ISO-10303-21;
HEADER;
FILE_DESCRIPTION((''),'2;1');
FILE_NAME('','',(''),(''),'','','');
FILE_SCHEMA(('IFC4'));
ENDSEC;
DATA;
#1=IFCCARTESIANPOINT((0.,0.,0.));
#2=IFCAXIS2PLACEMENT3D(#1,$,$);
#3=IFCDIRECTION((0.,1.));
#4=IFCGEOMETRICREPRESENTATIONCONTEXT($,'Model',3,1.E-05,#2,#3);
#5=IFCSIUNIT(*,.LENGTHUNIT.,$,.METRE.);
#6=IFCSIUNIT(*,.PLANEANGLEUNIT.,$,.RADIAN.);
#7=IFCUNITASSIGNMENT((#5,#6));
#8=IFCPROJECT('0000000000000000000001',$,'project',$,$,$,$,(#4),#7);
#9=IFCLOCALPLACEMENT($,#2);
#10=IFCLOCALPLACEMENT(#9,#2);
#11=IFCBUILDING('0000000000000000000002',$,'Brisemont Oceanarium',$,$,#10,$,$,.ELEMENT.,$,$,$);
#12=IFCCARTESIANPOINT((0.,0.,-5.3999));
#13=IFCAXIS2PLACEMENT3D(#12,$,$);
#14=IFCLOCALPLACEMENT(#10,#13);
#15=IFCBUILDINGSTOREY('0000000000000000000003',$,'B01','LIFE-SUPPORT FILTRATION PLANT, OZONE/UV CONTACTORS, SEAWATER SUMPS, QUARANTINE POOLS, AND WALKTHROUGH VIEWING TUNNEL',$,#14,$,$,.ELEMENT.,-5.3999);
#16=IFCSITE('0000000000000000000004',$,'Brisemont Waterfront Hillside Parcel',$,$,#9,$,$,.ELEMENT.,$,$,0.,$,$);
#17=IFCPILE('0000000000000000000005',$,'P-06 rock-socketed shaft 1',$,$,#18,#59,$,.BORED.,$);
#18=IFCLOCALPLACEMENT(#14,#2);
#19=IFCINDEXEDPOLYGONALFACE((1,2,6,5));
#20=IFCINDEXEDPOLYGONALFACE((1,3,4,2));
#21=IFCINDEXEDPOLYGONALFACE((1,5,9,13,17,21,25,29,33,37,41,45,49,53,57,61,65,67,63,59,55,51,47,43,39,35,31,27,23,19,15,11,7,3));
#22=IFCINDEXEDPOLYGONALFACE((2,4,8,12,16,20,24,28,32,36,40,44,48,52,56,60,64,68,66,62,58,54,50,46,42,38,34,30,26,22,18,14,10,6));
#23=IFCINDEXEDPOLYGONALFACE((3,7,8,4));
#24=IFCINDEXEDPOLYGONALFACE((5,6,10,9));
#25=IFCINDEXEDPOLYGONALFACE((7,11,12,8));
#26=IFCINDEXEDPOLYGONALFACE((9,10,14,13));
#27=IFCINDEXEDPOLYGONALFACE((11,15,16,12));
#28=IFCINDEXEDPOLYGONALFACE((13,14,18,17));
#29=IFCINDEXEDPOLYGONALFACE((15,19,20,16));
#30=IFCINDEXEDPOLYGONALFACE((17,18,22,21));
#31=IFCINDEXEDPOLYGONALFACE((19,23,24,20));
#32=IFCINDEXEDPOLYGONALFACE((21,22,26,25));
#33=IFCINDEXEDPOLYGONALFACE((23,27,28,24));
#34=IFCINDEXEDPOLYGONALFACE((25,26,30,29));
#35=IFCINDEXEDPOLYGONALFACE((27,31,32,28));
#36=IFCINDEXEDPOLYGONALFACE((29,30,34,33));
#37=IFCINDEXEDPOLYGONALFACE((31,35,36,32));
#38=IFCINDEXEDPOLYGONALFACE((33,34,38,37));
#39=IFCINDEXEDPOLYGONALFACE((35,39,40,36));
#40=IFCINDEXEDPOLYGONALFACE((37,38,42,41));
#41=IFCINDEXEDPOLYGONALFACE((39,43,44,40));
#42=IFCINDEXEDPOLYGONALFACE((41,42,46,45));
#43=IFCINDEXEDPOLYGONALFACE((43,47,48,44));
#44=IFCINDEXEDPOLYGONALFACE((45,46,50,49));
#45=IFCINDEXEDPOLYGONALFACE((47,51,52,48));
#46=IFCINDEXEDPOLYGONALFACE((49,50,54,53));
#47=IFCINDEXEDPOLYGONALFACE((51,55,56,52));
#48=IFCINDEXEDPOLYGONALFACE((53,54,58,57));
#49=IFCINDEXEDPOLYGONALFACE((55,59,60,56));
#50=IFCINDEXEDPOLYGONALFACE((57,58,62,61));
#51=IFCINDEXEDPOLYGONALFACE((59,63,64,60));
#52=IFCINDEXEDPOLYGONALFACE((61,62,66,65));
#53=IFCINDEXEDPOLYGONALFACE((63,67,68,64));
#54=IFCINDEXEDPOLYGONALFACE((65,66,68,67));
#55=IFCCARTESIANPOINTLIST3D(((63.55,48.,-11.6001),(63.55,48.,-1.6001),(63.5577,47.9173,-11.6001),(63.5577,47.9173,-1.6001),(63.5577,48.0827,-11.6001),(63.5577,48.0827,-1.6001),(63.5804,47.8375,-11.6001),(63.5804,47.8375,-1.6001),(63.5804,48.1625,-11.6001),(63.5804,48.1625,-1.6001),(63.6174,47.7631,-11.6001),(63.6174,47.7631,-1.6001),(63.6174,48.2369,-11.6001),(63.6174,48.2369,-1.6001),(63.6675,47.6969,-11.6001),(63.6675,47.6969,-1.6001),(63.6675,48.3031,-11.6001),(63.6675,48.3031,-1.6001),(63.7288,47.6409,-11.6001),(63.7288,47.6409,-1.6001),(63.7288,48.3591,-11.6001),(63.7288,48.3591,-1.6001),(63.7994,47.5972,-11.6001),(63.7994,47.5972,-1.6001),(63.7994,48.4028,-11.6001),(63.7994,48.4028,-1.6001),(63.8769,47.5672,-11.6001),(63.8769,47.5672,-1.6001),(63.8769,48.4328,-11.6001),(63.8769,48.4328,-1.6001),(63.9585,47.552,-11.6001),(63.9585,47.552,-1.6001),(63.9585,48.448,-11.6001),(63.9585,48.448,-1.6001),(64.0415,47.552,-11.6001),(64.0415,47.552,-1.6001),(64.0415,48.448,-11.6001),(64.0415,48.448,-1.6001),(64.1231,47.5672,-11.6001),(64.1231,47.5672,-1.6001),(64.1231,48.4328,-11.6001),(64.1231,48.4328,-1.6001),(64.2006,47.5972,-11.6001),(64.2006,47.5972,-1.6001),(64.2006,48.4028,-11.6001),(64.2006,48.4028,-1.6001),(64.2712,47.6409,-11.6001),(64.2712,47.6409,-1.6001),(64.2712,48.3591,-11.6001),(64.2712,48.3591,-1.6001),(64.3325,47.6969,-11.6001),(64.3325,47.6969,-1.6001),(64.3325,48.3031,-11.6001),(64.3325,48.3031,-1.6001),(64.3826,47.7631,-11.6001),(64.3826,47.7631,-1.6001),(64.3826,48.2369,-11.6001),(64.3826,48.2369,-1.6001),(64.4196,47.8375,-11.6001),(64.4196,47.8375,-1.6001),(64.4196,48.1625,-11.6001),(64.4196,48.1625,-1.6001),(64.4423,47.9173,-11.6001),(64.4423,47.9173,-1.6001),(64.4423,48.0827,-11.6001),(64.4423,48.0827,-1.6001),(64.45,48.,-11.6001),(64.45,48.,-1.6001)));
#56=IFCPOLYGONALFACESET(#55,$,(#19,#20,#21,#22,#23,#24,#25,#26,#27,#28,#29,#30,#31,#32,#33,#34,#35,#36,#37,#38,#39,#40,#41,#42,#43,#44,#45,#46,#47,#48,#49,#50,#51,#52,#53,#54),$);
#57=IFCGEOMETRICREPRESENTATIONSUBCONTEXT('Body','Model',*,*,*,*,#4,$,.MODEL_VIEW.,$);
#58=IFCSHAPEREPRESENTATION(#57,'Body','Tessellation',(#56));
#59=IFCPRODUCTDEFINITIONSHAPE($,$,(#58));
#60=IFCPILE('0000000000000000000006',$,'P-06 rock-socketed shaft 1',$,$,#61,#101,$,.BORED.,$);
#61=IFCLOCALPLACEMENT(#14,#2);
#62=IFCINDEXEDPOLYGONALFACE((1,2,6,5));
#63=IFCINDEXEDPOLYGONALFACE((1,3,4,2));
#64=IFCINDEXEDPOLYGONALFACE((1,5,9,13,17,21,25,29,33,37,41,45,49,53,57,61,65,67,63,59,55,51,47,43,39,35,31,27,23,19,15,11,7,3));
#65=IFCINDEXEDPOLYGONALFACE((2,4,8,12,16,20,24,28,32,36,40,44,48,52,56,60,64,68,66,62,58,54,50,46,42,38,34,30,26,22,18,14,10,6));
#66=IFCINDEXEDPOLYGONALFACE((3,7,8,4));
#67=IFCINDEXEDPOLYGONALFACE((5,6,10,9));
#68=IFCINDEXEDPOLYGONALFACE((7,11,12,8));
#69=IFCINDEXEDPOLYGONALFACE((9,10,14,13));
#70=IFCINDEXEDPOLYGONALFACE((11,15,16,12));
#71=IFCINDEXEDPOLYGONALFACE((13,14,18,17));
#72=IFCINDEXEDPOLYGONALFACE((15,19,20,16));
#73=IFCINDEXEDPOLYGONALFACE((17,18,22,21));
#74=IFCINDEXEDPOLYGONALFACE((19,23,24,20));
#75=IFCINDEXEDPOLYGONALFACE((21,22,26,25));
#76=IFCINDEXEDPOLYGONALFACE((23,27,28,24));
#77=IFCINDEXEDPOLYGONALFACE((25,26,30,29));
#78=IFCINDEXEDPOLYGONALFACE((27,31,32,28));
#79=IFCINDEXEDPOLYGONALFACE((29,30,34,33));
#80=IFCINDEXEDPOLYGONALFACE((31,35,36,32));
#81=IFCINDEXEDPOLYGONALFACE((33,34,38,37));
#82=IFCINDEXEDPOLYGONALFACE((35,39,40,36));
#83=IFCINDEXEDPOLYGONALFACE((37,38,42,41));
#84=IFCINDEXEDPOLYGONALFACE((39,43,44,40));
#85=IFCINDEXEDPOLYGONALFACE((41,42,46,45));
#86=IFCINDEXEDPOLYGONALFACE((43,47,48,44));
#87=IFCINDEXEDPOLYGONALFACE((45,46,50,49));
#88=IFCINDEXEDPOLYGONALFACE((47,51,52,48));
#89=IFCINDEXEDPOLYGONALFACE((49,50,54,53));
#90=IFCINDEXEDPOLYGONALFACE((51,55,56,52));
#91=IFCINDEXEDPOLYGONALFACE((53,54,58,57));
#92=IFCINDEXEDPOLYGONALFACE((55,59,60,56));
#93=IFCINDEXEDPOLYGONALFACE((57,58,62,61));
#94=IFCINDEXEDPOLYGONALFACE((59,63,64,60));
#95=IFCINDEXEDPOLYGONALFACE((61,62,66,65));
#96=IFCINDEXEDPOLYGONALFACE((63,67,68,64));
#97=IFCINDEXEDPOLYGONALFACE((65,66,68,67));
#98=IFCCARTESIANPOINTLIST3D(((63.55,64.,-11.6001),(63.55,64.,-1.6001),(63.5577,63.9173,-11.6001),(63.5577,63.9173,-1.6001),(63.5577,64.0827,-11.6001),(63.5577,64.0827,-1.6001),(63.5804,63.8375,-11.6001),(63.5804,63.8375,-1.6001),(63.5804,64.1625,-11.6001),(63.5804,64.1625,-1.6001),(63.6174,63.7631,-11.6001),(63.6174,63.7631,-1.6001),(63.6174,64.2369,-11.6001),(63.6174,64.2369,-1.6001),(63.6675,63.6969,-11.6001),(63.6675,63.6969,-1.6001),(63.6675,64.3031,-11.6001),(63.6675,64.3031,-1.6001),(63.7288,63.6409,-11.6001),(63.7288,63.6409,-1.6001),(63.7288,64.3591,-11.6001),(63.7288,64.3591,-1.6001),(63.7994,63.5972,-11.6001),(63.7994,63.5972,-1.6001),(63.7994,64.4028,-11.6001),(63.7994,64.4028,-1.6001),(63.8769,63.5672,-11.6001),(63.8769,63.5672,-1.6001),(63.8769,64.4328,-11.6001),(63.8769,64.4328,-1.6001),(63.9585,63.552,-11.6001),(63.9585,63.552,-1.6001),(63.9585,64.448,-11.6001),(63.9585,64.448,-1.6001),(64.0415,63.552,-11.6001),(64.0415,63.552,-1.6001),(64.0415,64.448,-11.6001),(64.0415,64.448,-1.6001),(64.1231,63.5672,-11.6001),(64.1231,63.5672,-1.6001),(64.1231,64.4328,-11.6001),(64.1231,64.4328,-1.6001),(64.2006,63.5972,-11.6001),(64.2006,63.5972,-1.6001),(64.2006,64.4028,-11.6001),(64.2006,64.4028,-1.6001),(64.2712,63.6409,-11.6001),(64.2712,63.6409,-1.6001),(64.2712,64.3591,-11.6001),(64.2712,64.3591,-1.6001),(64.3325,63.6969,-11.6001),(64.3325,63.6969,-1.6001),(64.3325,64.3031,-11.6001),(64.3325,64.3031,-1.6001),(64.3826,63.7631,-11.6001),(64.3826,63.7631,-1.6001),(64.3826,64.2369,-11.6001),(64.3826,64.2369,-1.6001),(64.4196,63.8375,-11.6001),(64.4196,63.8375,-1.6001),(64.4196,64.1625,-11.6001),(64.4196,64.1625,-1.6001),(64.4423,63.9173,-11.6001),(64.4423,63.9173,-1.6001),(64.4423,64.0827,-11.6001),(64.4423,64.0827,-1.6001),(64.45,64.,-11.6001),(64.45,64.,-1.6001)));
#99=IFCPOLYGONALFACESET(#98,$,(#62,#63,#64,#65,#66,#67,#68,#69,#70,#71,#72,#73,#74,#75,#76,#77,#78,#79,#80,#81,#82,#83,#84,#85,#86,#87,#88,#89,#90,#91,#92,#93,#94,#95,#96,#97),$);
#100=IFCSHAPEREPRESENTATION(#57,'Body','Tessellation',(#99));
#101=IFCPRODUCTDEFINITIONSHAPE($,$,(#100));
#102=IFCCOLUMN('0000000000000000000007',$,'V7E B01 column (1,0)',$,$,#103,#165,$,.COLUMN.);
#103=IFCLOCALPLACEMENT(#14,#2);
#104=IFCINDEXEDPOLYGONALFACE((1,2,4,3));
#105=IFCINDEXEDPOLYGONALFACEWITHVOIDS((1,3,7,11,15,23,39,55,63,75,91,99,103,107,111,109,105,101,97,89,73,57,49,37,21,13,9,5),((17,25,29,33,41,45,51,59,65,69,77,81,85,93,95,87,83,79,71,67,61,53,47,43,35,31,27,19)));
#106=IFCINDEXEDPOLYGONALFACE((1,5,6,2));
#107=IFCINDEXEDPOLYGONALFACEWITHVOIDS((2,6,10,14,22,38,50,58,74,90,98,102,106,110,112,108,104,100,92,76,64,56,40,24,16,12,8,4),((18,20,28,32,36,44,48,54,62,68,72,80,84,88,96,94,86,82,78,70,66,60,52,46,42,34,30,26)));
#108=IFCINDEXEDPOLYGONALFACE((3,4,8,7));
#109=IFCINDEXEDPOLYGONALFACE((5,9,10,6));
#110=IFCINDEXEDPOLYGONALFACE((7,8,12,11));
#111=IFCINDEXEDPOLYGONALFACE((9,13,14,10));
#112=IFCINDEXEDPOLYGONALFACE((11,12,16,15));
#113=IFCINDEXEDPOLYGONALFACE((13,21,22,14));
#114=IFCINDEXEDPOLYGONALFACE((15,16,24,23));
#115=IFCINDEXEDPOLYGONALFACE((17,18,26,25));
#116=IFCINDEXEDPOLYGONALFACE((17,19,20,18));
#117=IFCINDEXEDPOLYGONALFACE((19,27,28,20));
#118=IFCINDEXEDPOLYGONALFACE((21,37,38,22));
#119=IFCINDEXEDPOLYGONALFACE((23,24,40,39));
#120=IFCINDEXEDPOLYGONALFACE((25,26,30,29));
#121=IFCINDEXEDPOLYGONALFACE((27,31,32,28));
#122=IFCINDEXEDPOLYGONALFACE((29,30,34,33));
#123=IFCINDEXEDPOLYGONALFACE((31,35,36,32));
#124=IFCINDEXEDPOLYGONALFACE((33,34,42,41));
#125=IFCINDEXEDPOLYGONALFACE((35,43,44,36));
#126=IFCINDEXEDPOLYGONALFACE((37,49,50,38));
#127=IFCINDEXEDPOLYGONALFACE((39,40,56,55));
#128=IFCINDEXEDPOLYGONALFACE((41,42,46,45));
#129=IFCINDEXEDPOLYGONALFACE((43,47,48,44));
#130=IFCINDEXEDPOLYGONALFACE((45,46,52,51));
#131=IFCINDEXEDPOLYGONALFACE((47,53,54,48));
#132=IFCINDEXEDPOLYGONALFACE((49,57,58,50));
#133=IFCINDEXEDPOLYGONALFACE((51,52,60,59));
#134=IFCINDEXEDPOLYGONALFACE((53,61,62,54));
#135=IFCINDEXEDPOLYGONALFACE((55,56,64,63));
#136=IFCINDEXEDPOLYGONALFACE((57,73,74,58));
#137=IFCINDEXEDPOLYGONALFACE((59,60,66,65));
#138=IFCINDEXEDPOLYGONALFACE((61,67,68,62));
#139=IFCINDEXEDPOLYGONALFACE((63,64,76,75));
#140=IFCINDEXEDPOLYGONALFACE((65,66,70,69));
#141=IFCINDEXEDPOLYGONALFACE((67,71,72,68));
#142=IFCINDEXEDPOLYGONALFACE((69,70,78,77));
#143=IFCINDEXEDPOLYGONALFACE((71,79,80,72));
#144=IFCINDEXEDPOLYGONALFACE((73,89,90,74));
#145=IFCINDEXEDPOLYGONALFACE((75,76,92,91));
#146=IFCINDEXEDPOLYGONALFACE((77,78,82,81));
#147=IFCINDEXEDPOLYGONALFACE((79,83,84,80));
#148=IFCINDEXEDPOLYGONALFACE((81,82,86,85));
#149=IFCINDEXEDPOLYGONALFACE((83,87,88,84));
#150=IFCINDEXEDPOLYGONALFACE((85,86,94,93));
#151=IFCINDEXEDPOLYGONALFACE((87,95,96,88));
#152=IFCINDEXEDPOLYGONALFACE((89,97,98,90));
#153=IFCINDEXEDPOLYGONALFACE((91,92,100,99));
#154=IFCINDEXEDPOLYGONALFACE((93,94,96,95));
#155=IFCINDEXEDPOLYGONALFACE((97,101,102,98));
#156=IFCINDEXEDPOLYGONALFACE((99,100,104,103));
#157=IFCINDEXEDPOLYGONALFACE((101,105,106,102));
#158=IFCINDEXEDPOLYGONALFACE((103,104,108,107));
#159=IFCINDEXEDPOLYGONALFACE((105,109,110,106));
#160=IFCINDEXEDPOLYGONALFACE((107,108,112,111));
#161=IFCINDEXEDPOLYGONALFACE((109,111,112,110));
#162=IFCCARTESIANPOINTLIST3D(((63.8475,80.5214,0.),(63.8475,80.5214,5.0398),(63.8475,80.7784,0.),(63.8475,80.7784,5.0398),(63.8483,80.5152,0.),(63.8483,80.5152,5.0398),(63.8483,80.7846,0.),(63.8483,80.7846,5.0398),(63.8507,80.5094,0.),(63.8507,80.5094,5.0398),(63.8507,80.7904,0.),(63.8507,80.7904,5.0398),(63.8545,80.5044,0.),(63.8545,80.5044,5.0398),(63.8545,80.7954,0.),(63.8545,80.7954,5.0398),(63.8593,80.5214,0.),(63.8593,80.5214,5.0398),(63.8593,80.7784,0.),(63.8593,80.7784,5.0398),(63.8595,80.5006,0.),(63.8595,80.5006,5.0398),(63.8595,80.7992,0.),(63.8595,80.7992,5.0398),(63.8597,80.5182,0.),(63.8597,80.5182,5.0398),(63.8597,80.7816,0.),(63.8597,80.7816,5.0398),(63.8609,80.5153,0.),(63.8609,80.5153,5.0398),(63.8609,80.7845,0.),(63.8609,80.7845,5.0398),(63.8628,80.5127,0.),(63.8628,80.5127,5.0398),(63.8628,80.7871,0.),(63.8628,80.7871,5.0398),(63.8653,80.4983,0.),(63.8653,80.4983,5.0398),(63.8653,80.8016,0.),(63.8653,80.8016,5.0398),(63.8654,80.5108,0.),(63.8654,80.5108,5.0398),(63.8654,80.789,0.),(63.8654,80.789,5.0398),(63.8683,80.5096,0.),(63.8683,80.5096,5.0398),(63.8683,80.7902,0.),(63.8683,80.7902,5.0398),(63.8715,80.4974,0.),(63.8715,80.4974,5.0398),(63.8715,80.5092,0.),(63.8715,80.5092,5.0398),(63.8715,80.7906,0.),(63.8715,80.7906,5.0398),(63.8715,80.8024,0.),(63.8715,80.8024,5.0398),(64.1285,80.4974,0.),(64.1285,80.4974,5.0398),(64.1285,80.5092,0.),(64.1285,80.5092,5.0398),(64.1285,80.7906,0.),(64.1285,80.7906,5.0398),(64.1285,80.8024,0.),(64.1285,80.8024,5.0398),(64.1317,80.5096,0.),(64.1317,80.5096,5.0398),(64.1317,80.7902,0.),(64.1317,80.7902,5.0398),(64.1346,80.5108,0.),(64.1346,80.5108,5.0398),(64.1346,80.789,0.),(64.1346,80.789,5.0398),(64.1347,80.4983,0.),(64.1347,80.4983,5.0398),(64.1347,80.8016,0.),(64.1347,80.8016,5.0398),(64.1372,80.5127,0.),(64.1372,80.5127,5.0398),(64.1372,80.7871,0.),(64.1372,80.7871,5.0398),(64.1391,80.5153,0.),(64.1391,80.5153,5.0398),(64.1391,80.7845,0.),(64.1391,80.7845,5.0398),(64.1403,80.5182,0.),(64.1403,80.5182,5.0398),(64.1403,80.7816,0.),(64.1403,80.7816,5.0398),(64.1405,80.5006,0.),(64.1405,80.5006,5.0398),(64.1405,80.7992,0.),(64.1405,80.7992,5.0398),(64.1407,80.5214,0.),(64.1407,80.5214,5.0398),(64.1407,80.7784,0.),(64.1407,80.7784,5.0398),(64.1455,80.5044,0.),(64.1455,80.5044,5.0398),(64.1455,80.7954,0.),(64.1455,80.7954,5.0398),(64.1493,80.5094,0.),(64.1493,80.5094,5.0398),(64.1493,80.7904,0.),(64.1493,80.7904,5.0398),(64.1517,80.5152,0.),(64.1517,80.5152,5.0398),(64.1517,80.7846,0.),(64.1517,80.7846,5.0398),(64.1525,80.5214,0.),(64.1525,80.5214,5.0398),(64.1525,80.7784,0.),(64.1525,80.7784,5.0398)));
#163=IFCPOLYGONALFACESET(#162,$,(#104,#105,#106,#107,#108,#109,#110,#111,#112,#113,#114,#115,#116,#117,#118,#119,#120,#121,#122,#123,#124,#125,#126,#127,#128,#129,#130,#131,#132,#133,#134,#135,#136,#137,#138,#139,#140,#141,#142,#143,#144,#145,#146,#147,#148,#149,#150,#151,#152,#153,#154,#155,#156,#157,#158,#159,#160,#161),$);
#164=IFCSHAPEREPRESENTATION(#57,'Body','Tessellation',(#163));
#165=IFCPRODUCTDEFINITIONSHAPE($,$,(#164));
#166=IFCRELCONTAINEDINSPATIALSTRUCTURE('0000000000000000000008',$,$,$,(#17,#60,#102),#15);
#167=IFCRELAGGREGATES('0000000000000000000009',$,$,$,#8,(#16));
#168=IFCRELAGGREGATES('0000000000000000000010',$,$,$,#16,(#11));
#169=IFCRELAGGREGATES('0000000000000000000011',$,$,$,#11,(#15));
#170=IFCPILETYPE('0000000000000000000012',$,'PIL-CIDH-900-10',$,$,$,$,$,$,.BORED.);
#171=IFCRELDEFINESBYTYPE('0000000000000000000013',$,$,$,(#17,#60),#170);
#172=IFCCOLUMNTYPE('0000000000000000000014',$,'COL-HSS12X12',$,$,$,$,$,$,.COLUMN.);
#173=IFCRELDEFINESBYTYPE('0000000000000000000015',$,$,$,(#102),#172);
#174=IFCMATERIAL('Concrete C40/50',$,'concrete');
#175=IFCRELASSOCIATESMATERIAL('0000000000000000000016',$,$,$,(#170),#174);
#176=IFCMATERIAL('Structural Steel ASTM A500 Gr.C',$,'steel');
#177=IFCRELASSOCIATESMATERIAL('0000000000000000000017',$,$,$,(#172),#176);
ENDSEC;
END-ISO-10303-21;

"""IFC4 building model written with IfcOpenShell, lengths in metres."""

from ifc_helpers import new_model, si_unit, direction, frame, origin, origin_2d, place, context, subcontext, project, spatial, hollow_rectangle, circle, extrude, material, material_profile, profile_set, type_object, element, save


model = new_model("IFC4")

# Units and contexts
model_context = context("Model", 3, precision=1e-05, world=origin(), true_north=direction((0.0, 1.0)))
body_context = subcontext(model_context, "Body", "Model", "MODEL_VIEW")
ifc_project = project(units=[si_unit("LENGTHUNIT", "METRE"), si_unit("PLANEANGLEUNIT", "RADIAN")], contexts=[model_context])

# Site, building, storey
site_placement = place(None, origin())
site = spatial("IfcSite", under=ifc_project, at=site_placement, Name="Brisemont Waterfront Hillside Parcel", CompositionType="ELEMENT", RefElevation=0.0)
building_placement = place(site_placement, origin())
building = spatial("IfcBuilding", under=site, at=building_placement, Name="Brisemont Oceanarium", CompositionType="ELEMENT")
storey_placement = place(building_placement, frame((0.0, 0.0, -5.3999)))
storey = spatial("IfcBuildingStorey", under=building, at=storey_placement, Name="B01", Description="LIFE-SUPPORT FILTRATION PLANT, OZONE/UV CONTACTORS, SEAWATER SUMPS, QUARANTINE POOLS, AND WALKTHROUGH VIEWING TUNNEL", CompositionType="ELEMENT", Elevation=-5.3999)

# Piles
ifc_material_1 = material(Name="Concrete C40/50", Category="concrete")
ifc_material_profile_1 = material_profile(ifc_material_1, circle(Radius=0.45, at=origin_2d()), Name="CIDH-D900")
ifc_profile_set_1 = profile_set([ifc_material_profile_1], Name="Concrete C40/50")
pile_type_1 = type_object("IfcPileType", Name="PIL-CIDH-900-10", PredefinedType="BORED", material=ifc_profile_set_1)
for number, where, z_axis, x_axis, name in (
    (1, (64.0, 48.0, -1.6001), (0.0, 0.0, -1.0), (1.0, 0.0, 0.0), "P-06 rock-socketed shaft 1"),
    (2, (64.0, 64.0, -1.6001), (0.0, 0.0, -1.0), (1.0, 0.0, 0.0), "P-06 rock-socketed shaft 1"),
):
    element("IfcPile", number, at=place(storey_placement, frame(where, z_axis=z_axis, x_axis=x_axis)), inside=storey, type_object=pile_type_1, Name=name, PredefinedType="BORED", context=body_context, shape_type="SweptSolid", body=[
        extrude(circle(Radius=0.45, at=origin_2d()), origin(), (0.0, 0.0, 1.0), 10.0),
    ])

# Column
ifc_material_2 = material(Name="Structural Steel ASTM A500 Gr.C", Category="steel")
ifc_material_profile_2 = material_profile(ifc_material_2, hollow_rectangle(XDim=0.3049, YDim=0.3049, WallThickness=0.0117, InnerFilletRadius=0.0122, OuterFilletRadius=0.0239, at=origin_2d()), Name="HSS12X12X1/2")
ifc_profile_set_2 = profile_set([ifc_material_profile_2], Name="Structural Steel ASTM A500 Gr.C")
column_type_1 = type_object("IfcColumnType", Name="COL-HSS12X12", PredefinedType="COLUMN", material=ifc_profile_set_2)
column_1_placement = place(storey_placement, frame((64.0, 80.6499, 0.0), z_axis=(0.0, 0.0, 1.0), x_axis=(0.0, 1.0, 0.0)))
element("IfcColumn", 3, at=column_1_placement, inside=storey, type_object=column_type_1, Name="V7E B01 column (1,0)", PredefinedType="COLUMN", context=body_context, shape_type="SweptSolid", body=[
    extrude(hollow_rectangle(XDim=0.3049, YDim=0.3049, WallThickness=0.0117, InnerFilletRadius=0.0122, OuterFilletRadius=0.0239, at=origin_2d()), origin(), (0.0, 0.0, 1.0), 5.0398),
])

save(model, "model.ifc")
